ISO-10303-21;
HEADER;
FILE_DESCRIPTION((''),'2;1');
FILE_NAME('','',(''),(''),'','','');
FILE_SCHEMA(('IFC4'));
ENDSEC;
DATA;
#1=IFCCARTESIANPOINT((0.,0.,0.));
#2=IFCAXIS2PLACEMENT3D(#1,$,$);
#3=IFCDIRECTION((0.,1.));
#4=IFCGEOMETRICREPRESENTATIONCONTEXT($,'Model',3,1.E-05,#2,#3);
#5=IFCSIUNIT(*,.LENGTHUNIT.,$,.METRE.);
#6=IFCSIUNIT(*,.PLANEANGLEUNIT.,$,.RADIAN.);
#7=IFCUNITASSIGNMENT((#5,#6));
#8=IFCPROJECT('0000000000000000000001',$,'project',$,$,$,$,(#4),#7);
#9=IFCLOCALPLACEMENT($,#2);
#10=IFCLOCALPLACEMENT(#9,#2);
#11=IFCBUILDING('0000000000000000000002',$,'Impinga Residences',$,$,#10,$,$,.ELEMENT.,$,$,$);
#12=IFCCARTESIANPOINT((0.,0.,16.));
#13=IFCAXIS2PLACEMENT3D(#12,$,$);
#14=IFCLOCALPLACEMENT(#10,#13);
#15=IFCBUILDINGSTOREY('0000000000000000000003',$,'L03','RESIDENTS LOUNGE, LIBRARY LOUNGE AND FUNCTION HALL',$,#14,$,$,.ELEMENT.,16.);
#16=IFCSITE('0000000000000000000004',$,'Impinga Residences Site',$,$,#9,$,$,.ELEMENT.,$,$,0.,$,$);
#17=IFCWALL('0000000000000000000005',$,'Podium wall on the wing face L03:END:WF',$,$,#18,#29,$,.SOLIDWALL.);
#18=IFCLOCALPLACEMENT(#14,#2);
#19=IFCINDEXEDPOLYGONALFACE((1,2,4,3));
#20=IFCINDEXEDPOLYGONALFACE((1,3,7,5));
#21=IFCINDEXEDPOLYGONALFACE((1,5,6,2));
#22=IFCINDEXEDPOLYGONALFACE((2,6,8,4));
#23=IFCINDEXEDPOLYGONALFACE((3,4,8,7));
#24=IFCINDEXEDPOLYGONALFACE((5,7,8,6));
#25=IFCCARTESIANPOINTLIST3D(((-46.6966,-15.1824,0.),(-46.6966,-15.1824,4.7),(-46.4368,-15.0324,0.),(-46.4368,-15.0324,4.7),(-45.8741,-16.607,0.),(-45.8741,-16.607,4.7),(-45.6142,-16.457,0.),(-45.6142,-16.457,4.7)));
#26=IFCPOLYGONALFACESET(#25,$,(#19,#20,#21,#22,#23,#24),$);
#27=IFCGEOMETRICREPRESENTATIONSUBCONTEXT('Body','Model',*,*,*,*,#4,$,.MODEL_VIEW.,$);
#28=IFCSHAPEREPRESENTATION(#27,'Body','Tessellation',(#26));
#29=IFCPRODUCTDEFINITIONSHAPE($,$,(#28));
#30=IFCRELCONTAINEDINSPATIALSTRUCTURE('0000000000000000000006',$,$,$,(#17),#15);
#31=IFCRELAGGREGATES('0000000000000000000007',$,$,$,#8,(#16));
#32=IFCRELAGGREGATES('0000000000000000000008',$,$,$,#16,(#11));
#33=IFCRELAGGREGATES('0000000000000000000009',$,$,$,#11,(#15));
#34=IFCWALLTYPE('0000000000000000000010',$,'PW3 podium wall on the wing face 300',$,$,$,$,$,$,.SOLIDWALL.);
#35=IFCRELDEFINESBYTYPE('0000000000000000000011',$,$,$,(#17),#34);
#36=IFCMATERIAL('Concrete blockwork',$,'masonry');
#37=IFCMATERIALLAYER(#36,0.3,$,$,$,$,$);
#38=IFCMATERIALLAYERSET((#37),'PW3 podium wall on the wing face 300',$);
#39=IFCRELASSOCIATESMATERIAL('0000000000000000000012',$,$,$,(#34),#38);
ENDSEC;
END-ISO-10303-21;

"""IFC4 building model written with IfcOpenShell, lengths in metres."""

from ifc_helpers import new_model, si_unit, direction, frame, frame_2d, origin, place, context, subcontext, project, spatial, rectangle, extrude, material, layer, layer_set, type_object, element, save


model = new_model("IFC4")

# Units and contexts
model_context = context("Model", 3, precision=1e-05, world=origin(), true_north=direction((0.0, 1.0)))
body_context = subcontext(model_context, "Body", "Model", "MODEL_VIEW")
ifc_project = project(units=[si_unit("LENGTHUNIT", "METRE"), si_unit("PLANEANGLEUNIT", "RADIAN")], contexts=[model_context])

# Site, building, storey
site_placement = place(None, origin())
site = spatial("IfcSite", under=ifc_project, at=site_placement, Name="Impinga Residences Site", CompositionType="ELEMENT", RefElevation=0.0)
building_placement = place(site_placement, origin())
building = spatial("IfcBuilding", under=site, at=building_placement, Name="Impinga Residences", CompositionType="ELEMENT")
storey_placement = place(building_placement, frame((0.0, 0.0, 16.0)))
storey = spatial("IfcBuildingStorey", under=building, at=storey_placement, Name="L03", Description="RESIDENTS LOUNGE, LIBRARY LOUNGE AND FUNCTION HALL", CompositionType="ELEMENT", Elevation=16.0)

# Wall
ifc_material_1 = material(Name="Concrete blockwork", Category="masonry")
ifc_layer_1 = layer(ifc_material_1, 0.3)
ifc_layer_set_1 = layer_set([ifc_layer_1], Name="PW3 podium wall on the wing face 300")
wall_type_1 = type_object("IfcWallType", Name="PW3 podium wall on the wing face 300", PredefinedType="SOLIDWALL", material=ifc_layer_set_1)
wall_1_placement = place(storey_placement, frame((-45.7441, -16.532, 0.0), z_axis=(0.0, 0.0, 1.0), x_axis=(-0.500018, 0.866015, 0.0)))
element("IfcWall", 1, at=wall_1_placement, inside=storey, type_object=wall_type_1, Name="Podium wall on the wing face L03:END:WF", PredefinedType="SOLIDWALL", context=body_context, shape_type="SweptSolid", body=[
    extrude(rectangle(XDim=1.645, YDim=0.3, at=frame_2d((0.8225, 0.0))), origin(), (0.0, 0.0, 1.0), 4.7),
])

save(model, "model.ifc")
